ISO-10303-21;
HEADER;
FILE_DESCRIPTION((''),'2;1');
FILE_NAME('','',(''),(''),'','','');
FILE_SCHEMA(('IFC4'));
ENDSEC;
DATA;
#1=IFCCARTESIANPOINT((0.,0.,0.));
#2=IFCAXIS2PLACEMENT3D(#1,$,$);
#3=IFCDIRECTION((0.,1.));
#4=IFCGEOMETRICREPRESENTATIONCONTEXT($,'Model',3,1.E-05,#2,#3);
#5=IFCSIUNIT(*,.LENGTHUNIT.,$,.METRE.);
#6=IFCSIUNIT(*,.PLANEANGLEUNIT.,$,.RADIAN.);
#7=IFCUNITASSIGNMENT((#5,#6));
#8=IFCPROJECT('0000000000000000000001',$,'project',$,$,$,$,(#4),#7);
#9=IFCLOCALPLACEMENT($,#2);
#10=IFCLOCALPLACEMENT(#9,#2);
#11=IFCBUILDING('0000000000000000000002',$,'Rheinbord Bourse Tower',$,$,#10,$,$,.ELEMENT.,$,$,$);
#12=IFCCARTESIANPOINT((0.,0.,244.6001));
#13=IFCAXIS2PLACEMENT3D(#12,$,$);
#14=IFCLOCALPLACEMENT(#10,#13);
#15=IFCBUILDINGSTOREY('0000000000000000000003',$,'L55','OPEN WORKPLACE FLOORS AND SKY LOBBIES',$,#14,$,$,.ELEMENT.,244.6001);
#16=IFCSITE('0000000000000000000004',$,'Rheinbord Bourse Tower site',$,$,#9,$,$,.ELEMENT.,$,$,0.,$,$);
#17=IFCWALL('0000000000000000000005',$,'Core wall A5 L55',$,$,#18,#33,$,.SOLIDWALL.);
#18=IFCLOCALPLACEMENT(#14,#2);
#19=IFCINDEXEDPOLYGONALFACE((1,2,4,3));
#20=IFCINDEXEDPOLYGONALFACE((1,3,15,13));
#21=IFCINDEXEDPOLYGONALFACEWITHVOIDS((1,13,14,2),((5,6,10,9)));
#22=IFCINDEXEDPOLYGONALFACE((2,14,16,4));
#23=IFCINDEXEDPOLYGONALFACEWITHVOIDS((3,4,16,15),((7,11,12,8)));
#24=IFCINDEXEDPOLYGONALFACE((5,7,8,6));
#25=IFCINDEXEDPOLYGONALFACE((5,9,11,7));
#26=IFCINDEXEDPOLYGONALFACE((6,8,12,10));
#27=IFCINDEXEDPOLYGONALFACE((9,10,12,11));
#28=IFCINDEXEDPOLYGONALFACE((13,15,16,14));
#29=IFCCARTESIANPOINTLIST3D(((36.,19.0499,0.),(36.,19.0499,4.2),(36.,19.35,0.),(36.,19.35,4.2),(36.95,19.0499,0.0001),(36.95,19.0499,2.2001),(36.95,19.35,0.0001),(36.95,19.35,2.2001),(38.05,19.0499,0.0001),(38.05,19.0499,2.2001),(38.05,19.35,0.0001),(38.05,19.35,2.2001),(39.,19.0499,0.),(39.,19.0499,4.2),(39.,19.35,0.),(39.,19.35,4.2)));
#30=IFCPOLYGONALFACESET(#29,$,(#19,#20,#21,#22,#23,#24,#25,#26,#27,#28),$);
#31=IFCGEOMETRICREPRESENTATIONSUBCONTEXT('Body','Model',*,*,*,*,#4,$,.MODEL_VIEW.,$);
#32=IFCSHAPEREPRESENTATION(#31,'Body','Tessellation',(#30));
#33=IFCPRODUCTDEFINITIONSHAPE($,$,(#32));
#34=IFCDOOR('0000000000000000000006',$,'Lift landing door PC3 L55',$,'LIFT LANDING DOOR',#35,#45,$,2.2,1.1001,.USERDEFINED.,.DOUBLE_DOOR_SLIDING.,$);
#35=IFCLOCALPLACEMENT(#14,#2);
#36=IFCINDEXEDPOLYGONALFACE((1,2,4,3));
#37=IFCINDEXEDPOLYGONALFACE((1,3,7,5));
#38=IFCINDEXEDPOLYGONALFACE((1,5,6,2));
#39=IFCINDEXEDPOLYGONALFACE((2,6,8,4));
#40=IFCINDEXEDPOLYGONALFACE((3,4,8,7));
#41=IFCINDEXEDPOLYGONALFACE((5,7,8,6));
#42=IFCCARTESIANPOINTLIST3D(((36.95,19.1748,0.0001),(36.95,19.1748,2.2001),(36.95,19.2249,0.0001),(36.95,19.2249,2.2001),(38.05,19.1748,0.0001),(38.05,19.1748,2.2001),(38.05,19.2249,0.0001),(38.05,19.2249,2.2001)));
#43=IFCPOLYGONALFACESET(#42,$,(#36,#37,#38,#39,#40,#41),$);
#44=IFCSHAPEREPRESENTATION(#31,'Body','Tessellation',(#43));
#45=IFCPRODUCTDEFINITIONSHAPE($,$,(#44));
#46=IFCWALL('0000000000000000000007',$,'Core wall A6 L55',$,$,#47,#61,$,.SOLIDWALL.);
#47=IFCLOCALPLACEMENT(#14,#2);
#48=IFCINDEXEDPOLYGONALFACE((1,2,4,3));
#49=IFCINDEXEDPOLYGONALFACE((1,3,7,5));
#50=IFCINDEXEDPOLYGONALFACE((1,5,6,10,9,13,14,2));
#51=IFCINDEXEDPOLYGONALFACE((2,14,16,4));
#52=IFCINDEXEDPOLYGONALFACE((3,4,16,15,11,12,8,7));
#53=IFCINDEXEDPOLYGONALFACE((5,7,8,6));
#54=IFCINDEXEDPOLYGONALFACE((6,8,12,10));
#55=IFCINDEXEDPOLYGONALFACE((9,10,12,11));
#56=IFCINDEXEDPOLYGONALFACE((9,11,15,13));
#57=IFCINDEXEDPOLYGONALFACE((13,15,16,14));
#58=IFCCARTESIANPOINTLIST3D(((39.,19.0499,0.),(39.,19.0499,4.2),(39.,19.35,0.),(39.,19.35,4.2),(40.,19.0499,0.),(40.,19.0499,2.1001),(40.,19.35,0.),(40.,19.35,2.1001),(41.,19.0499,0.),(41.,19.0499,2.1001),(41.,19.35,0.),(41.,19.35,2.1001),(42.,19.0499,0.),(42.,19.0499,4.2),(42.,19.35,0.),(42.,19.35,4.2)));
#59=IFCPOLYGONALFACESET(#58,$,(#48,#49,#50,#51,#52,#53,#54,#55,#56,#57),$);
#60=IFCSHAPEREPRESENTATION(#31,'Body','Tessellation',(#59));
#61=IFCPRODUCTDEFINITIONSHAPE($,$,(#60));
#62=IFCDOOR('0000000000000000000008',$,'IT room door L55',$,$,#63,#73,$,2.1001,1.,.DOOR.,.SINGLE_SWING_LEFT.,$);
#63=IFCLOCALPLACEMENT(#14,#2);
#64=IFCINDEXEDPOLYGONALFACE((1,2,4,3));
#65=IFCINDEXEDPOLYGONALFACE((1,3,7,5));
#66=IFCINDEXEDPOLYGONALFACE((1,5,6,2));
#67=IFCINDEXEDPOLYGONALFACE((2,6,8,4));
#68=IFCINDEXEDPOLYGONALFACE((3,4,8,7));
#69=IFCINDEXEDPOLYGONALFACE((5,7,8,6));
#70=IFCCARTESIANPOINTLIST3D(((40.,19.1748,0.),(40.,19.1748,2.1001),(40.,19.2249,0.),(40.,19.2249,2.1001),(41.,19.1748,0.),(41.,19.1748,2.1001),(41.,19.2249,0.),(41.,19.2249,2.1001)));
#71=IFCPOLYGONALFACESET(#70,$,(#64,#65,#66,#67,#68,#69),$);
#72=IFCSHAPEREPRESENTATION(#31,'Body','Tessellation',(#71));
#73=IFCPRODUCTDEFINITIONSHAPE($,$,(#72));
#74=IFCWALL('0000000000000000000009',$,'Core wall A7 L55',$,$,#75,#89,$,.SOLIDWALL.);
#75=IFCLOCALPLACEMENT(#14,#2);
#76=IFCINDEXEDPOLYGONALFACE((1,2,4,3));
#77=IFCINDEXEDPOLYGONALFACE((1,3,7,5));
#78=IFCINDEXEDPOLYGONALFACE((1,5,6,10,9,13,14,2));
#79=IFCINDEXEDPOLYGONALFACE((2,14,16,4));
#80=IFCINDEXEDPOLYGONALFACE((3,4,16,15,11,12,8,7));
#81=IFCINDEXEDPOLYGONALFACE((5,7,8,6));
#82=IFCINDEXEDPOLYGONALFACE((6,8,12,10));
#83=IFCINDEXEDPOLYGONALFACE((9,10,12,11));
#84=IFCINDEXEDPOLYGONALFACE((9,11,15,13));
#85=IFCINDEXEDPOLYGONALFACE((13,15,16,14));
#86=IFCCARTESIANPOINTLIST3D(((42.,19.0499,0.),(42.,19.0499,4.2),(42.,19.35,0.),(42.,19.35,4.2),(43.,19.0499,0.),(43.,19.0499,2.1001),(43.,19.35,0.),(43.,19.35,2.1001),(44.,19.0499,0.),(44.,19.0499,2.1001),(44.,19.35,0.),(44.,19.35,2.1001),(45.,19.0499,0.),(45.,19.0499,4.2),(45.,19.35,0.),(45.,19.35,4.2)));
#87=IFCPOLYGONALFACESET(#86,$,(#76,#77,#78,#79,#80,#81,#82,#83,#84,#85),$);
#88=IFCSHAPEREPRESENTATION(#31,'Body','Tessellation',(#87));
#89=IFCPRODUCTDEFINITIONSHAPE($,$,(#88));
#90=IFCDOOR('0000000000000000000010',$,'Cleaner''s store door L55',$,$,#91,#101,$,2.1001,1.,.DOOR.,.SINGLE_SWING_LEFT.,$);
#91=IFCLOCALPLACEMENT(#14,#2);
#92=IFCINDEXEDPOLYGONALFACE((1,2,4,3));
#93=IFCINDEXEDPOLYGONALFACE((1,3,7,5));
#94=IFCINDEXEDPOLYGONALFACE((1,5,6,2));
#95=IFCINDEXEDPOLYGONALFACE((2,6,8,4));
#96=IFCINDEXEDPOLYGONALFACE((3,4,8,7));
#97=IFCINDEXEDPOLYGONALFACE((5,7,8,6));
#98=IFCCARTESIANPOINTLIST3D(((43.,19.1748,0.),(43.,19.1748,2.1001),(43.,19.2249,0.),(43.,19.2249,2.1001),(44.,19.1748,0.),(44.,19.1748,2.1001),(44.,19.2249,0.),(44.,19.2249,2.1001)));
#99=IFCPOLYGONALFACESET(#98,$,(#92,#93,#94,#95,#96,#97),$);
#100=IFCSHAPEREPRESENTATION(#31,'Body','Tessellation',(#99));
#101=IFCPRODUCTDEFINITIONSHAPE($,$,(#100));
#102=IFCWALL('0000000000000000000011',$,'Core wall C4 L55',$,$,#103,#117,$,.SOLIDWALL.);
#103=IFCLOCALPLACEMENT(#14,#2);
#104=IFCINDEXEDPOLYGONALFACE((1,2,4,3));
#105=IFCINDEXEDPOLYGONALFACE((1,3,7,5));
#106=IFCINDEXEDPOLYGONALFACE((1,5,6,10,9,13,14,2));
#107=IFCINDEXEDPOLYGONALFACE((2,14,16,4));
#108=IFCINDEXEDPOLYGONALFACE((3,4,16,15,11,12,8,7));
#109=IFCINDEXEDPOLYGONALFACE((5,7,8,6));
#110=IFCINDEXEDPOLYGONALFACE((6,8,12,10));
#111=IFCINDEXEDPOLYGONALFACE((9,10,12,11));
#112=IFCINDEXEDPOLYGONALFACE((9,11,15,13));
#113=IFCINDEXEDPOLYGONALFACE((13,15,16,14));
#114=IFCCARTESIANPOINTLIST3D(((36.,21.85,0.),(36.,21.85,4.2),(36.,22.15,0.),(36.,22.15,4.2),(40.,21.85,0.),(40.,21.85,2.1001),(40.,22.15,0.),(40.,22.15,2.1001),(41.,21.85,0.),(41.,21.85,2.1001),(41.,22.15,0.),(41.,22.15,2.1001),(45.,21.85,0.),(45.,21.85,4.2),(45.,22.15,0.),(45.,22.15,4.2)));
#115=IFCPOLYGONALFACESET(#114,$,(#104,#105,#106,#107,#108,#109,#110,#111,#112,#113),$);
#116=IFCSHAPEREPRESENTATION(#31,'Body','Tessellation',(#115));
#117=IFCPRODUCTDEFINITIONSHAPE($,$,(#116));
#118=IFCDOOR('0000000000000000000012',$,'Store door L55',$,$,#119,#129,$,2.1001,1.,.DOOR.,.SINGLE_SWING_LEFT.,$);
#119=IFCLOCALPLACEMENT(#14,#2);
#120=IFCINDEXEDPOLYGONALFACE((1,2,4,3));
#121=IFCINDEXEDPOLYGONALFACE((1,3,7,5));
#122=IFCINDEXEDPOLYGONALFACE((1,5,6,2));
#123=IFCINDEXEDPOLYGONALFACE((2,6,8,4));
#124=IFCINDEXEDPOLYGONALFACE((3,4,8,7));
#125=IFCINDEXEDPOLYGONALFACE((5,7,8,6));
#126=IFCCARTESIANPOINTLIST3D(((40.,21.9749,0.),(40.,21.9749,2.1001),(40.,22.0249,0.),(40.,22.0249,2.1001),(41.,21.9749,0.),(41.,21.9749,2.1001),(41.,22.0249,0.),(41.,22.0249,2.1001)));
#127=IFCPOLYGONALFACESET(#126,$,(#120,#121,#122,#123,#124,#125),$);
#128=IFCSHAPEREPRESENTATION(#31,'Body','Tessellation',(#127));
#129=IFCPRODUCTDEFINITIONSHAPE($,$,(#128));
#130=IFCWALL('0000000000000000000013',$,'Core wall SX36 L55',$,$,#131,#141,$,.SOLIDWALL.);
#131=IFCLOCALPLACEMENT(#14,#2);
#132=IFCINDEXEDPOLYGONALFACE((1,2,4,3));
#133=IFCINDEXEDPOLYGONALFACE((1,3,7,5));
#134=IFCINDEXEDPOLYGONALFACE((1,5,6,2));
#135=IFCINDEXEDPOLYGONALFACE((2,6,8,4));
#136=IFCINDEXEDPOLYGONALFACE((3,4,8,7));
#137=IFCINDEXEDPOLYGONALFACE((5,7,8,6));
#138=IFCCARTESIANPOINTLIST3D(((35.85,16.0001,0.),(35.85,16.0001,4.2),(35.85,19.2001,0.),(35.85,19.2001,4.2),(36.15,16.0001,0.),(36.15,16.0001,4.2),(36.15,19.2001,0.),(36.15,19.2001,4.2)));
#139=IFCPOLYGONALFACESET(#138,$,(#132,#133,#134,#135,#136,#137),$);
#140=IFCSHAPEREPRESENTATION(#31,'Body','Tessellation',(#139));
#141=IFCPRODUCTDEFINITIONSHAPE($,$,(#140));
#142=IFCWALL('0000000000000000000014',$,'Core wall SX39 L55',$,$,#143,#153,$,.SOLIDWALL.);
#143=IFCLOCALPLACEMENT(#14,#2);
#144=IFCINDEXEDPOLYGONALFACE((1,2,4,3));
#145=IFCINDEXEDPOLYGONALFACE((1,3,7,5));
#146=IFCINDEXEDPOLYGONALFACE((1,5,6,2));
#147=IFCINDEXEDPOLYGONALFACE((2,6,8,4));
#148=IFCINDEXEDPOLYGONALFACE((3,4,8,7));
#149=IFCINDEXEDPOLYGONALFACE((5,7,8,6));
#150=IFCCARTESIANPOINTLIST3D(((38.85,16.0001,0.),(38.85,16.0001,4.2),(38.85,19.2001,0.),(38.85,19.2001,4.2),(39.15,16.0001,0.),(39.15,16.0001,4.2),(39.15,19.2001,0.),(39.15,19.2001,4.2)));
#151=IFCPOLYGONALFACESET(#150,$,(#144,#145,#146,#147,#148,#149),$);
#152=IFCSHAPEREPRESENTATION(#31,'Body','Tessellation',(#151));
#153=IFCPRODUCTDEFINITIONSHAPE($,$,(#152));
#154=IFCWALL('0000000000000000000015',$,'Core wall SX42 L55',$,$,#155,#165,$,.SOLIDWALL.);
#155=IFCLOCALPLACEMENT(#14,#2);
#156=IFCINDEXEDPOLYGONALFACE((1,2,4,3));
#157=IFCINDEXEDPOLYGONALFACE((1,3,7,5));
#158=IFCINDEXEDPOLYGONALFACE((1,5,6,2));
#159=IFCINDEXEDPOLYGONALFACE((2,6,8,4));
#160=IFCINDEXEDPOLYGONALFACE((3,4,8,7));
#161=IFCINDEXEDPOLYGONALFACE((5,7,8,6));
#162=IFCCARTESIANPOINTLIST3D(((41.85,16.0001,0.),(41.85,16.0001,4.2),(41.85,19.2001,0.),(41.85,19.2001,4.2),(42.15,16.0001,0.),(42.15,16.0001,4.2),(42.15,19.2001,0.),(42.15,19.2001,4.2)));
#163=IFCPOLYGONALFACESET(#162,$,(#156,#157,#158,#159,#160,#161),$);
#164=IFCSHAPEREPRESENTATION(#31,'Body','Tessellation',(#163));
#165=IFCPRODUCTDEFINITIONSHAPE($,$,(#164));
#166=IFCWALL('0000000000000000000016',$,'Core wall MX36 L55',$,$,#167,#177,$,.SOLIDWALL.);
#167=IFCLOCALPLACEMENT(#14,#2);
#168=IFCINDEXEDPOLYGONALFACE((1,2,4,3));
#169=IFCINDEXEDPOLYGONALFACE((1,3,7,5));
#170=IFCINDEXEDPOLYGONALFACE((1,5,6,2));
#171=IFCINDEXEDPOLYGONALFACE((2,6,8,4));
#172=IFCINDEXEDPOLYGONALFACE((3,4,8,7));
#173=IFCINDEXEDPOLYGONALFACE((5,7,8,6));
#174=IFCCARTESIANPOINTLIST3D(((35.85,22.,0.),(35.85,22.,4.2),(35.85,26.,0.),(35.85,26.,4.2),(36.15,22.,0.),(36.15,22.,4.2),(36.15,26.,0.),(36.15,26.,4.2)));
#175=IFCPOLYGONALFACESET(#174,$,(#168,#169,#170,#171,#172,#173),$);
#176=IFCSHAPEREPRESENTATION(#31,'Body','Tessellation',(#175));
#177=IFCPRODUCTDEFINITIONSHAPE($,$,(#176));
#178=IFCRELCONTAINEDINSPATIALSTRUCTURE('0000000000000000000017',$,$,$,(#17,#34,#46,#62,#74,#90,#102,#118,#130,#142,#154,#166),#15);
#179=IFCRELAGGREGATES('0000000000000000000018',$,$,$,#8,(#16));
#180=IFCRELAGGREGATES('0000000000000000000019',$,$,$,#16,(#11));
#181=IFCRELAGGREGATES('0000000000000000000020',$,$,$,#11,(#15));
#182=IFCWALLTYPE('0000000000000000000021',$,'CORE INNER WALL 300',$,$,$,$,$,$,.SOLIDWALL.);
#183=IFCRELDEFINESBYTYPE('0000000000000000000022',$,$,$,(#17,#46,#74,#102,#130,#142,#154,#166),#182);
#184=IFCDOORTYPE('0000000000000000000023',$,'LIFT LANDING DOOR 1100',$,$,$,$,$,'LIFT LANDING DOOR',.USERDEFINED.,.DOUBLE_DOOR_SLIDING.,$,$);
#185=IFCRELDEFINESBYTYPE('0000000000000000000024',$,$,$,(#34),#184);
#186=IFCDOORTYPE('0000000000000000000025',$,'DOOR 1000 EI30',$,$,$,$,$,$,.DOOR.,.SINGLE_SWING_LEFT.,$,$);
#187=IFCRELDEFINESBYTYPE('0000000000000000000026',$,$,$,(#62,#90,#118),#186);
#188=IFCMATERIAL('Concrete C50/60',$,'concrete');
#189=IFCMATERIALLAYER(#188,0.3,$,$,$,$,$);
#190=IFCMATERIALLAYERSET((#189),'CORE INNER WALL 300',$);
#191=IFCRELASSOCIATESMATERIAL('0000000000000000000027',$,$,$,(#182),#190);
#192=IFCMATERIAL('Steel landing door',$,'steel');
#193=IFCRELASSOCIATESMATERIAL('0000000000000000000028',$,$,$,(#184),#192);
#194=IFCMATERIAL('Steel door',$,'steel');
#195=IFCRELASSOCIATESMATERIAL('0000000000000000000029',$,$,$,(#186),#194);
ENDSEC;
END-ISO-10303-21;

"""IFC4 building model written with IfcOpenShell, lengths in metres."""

from ifc_helpers import new_model, si_unit, direction, frame, frame_2d, origin, place, context, subcontext, project, spatial, rectangle, extrude, material, layer, layer_set, type_object, element, fill, save


model = new_model("IFC4")

# Units and contexts
model_context = context("Model", 3, precision=1e-05, world=origin(), true_north=direction((0.0, 1.0)))
body_context = subcontext(model_context, "Body", "Model", "MODEL_VIEW")
ifc_project = project(units=[si_unit("LENGTHUNIT", "METRE"), si_unit("PLANEANGLEUNIT", "RADIAN")], contexts=[model_context])

# Site, building, storey
site_placement = place(None, origin())
site = spatial("IfcSite", under=ifc_project, at=site_placement, Name="Rheinbord Bourse Tower site", CompositionType="ELEMENT", RefElevation=0.0)
building_placement = place(site_placement, origin())
building = spatial("IfcBuilding", under=site, at=building_placement, Name="Rheinbord Bourse Tower", CompositionType="ELEMENT")
storey_placement = place(building_placement, frame((0.0, 0.0, 244.6001)))
storey = spatial("IfcBuildingStorey", under=building, at=storey_placement, Name="L55", Description="OPEN WORKPLACE FLOORS AND SKY LOBBIES", CompositionType="ELEMENT", Elevation=244.6001)

# Walls, openings, doors
ifc_material_1 = material(Name="Concrete C50/60", Category="concrete")
ifc_layer_1 = layer(ifc_material_1, 0.3)
ifc_layer_set_1 = layer_set([ifc_layer_1], Name="CORE INNER WALL 300")
wall_type_1 = type_object("IfcWallType", Name="CORE INNER WALL 300", PredefinedType="SOLIDWALL", material=ifc_layer_set_1)
wall_1_placement = place(storey_placement, frame((36.0, 19.2, 0.0), z_axis=(0.0, 0.0, 1.0), x_axis=(1.0, 0.0, 0.0)))
wall_1 = element("IfcWall", 1, at=wall_1_placement, inside=storey, type_object=wall_type_1, Name="Core wall A5 L55", PredefinedType="SOLIDWALL", context=body_context, shape_type="SweptSolid", body=[
    extrude(rectangle(XDim=3.0, YDim=0.3, at=frame_2d((1.5, 0.0))), origin(), (0.0, 0.0, 1.0), 4.2),
])
opening_1_placement = place(wall_1_placement, frame((0.95, 0.0, 0.0)))
opening_1 = element("IfcOpeningElement", 2, at=opening_1_placement, cuts=wall_1, PredefinedType="OPENING", context=body_context, shape_type="SweptSolid", body=[
    extrude(rectangle(XDim=1.1001, YDim=2.2, at=frame_2d((0.55, 1.1001))), frame((0.0, 0.1599, 0.0), z_axis=(0.0, -1.0, 0.0), x_axis=(1.0, 0.0, 0.0)), (0.0, 0.0, 1.0), 0.3201),
])
ifc_material_2 = material(Name="Steel landing door", Category="steel")
door_type_1 = type_object("IfcDoorType", Name="LIFT LANDING DOOR 1100", ElementType="LIFT LANDING DOOR", OperationType="DOUBLE_DOOR_SLIDING", PredefinedType="USERDEFINED", material=ifc_material_2)
door_1_placement = place(opening_1_placement, origin())
door_1 = element("IfcDoor", 3, at=door_1_placement, inside=storey, type_object=door_type_1, Name="Lift landing door PC3 L55", ObjectType="LIFT LANDING DOOR", OperationType="DOUBLE_DOOR_SLIDING", OverallHeight=2.2, OverallWidth=1.1001, PredefinedType="USERDEFINED", context=body_context, shape_type="SweptSolid", body=[
    extrude(rectangle(XDim=1.1001, YDim=2.2, at=frame_2d((0.55, 1.1001))), frame((0.0, 0.0249, 0.0), z_axis=(0.0, -1.0, 0.0), x_axis=(1.0, 0.0, 0.0)), (0.0, 0.0, 1.0), 0.05),
])
fill(opening_1, door_1)
wall_2_placement = place(storey_placement, frame((39.0, 19.2, 0.0), z_axis=(0.0, 0.0, 1.0), x_axis=(1.0, 0.0, 0.0)))
wall_2 = element("IfcWall", 4, at=wall_2_placement, inside=storey, type_object=wall_type_1, Name="Core wall A6 L55", PredefinedType="SOLIDWALL", context=body_context, shape_type="SweptSolid", body=[
    extrude(rectangle(XDim=3.0, YDim=0.3, at=frame_2d((1.5, 0.0))), origin(), (0.0, 0.0, 1.0), 4.2),
])
opening_2_placement = place(wall_2_placement, frame((1.0, 0.0, 0.0)))
opening_2 = element("IfcOpeningElement", 5, at=opening_2_placement, cuts=wall_2, PredefinedType="OPENING", context=body_context, shape_type="SweptSolid", body=[
    extrude(rectangle(XDim=1.0, YDim=2.1001, at=frame_2d((0.5, 1.05))), frame((0.0, 0.1599, 0.0), z_axis=(0.0, -1.0, 0.0), x_axis=(1.0, 0.0, 0.0)), (0.0, 0.0, 1.0), 0.3201),
])
ifc_material_3 = material(Name="Steel door", Category="steel")
door_type_2 = type_object("IfcDoorType", Name="DOOR 1000 EI30", OperationType="SINGLE_SWING_LEFT", PredefinedType="DOOR", material=ifc_material_3)
door_2_placement = place(opening_2_placement, origin())
door_2 = element("IfcDoor", 6, at=door_2_placement, inside=storey, type_object=door_type_2, Name="IT room door L55", OperationType="SINGLE_SWING_LEFT", OverallHeight=2.1001, OverallWidth=1.0, PredefinedType="DOOR", context=body_context, shape_type="SweptSolid", body=[
    extrude(rectangle(XDim=1.0, YDim=2.1001, at=frame_2d((0.5, 1.05))), frame((0.0, 0.0249, 0.0), z_axis=(0.0, -1.0, 0.0), x_axis=(1.0, 0.0, 0.0)), (0.0, 0.0, 1.0), 0.05),
])
fill(opening_2, door_2)
wall_3_placement = place(storey_placement, frame((42.0, 19.2, 0.0), z_axis=(0.0, 0.0, 1.0), x_axis=(1.0, 0.0, 0.0)))
wall_3 = element("IfcWall", 7, at=wall_3_placement, inside=storey, type_object=wall_type_1, Name="Core wall A7 L55", PredefinedType="SOLIDWALL", context=body_context, shape_type="SweptSolid", body=[
    extrude(rectangle(XDim=3.0, YDim=0.3, at=frame_2d((1.5, 0.0))), origin(), (0.0, 0.0, 1.0), 4.2),
])
opening_3_placement = place(wall_3_placement, frame((1.0, 0.0, 0.0)))
opening_3 = element("IfcOpeningElement", 8, at=opening_3_placement, cuts=wall_3, PredefinedType="OPENING", context=body_context, shape_type="SweptSolid", body=[
    extrude(rectangle(XDim=1.0, YDim=2.1001, at=frame_2d((0.5, 1.05))), frame((0.0, 0.1599, 0.0), z_axis=(0.0, -1.0, 0.0), x_axis=(1.0, 0.0, 0.0)), (0.0, 0.0, 1.0), 0.3201),
])
door_3_placement = place(opening_3_placement, origin())
door_3 = element("IfcDoor", 9, at=door_3_placement, inside=storey, type_object=door_type_2, Name="Cleaner's store door L55", OperationType="SINGLE_SWING_LEFT", OverallHeight=2.1001, OverallWidth=1.0, PredefinedType="DOOR", context=body_context, shape_type="SweptSolid", body=[
    extrude(rectangle(XDim=1.0, YDim=2.1001, at=frame_2d((0.5, 1.05))), frame((0.0, 0.0249, 0.0), z_axis=(0.0, -1.0, 0.0), x_axis=(1.0, 0.0, 0.0)), (0.0, 0.0, 1.0), 0.05),
])
fill(opening_3, door_3)
wall_4_placement = place(storey_placement, frame((36.0, 22.0, 0.0), z_axis=(0.0, 0.0, 1.0), x_axis=(1.0, 0.0, 0.0)))
wall_4 = element("IfcWall", 10, at=wall_4_placement, inside=storey, type_object=wall_type_1, Name="Core wall C4 L55", PredefinedType="SOLIDWALL", context=body_context, shape_type="SweptSolid", body=[
    extrude(rectangle(XDim=9.0, YDim=0.3, at=frame_2d((4.5, 0.0))), origin(), (0.0, 0.0, 1.0), 4.2),
])
opening_4_placement = place(wall_4_placement, frame((4.0, 0.0, 0.0)))
opening_4 = element("IfcOpeningElement", 11, at=opening_4_placement, cuts=wall_4, PredefinedType="OPENING", context=body_context, shape_type="SweptSolid", body=[
    extrude(rectangle(XDim=1.0, YDim=2.1001, at=frame_2d((0.5, 1.05))), frame((0.0, 0.1599, 0.0), z_axis=(0.0, -1.0, 0.0), x_axis=(1.0, 0.0, 0.0)), (0.0, 0.0, 1.0), 0.3201),
])
door_4_placement = place(opening_4_placement, origin())
door_4 = element("IfcDoor", 12, at=door_4_placement, inside=storey, type_object=door_type_2, Name="Store door L55", OperationType="SINGLE_SWING_LEFT", OverallHeight=2.1001, OverallWidth=1.0, PredefinedType="DOOR", context=body_context, shape_type="SweptSolid", body=[
    extrude(rectangle(XDim=1.0, YDim=2.1001, at=frame_2d((0.5, 1.05))), frame((0.0, 0.0249, 0.0), z_axis=(0.0, -1.0, 0.0), x_axis=(1.0, 0.0, 0.0)), (0.0, 0.0, 1.0), 0.05),
])
fill(opening_4, door_4)

# Walls
for number, where, z_axis, x_axis, name in (
    (13, (36.0, 16.0, 0.0), (0.0, 0.0, 1.0), (0.0, 1.0, 0.0), "Core wall SX36 L55"),
    (14, (39.0, 16.0, 0.0), (0.0, 0.0, 1.0), (0.0, 1.0, 0.0), "Core wall SX39 L55"),
    (15, (42.0, 16.0, 0.0), (0.0, 0.0, 1.0), (0.0, 1.0, 0.0), "Core wall SX42 L55"),
):
    element("IfcWall", number, at=place(storey_placement, frame(where, z_axis=z_axis, x_axis=x_axis)), inside=storey, type_object=wall_type_1, Name=name, PredefinedType="SOLIDWALL", context=body_context, shape_type="SweptSolid", body=[
        extrude(rectangle(XDim=3.2, YDim=0.3, at=frame_2d((1.6001, 0.0))), origin(), (0.0, 0.0, 1.0), 4.2),
    ])
wall_5_placement = place(storey_placement, frame((36.0, 22.0, 0.0), z_axis=(0.0, 0.0, 1.0), x_axis=(0.0, 1.0, 0.0)))
element("IfcWall", 16, at=wall_5_placement, inside=storey, type_object=wall_type_1, Name="Core wall MX36 L55", PredefinedType="SOLIDWALL", context=body_context, shape_type="SweptSolid", body=[
    extrude(rectangle(XDim=4.0, YDim=0.3, at=frame_2d((2.0, 0.0))), origin(), (0.0, 0.0, 1.0), 4.2),
])

save(model, "model.ifc")
